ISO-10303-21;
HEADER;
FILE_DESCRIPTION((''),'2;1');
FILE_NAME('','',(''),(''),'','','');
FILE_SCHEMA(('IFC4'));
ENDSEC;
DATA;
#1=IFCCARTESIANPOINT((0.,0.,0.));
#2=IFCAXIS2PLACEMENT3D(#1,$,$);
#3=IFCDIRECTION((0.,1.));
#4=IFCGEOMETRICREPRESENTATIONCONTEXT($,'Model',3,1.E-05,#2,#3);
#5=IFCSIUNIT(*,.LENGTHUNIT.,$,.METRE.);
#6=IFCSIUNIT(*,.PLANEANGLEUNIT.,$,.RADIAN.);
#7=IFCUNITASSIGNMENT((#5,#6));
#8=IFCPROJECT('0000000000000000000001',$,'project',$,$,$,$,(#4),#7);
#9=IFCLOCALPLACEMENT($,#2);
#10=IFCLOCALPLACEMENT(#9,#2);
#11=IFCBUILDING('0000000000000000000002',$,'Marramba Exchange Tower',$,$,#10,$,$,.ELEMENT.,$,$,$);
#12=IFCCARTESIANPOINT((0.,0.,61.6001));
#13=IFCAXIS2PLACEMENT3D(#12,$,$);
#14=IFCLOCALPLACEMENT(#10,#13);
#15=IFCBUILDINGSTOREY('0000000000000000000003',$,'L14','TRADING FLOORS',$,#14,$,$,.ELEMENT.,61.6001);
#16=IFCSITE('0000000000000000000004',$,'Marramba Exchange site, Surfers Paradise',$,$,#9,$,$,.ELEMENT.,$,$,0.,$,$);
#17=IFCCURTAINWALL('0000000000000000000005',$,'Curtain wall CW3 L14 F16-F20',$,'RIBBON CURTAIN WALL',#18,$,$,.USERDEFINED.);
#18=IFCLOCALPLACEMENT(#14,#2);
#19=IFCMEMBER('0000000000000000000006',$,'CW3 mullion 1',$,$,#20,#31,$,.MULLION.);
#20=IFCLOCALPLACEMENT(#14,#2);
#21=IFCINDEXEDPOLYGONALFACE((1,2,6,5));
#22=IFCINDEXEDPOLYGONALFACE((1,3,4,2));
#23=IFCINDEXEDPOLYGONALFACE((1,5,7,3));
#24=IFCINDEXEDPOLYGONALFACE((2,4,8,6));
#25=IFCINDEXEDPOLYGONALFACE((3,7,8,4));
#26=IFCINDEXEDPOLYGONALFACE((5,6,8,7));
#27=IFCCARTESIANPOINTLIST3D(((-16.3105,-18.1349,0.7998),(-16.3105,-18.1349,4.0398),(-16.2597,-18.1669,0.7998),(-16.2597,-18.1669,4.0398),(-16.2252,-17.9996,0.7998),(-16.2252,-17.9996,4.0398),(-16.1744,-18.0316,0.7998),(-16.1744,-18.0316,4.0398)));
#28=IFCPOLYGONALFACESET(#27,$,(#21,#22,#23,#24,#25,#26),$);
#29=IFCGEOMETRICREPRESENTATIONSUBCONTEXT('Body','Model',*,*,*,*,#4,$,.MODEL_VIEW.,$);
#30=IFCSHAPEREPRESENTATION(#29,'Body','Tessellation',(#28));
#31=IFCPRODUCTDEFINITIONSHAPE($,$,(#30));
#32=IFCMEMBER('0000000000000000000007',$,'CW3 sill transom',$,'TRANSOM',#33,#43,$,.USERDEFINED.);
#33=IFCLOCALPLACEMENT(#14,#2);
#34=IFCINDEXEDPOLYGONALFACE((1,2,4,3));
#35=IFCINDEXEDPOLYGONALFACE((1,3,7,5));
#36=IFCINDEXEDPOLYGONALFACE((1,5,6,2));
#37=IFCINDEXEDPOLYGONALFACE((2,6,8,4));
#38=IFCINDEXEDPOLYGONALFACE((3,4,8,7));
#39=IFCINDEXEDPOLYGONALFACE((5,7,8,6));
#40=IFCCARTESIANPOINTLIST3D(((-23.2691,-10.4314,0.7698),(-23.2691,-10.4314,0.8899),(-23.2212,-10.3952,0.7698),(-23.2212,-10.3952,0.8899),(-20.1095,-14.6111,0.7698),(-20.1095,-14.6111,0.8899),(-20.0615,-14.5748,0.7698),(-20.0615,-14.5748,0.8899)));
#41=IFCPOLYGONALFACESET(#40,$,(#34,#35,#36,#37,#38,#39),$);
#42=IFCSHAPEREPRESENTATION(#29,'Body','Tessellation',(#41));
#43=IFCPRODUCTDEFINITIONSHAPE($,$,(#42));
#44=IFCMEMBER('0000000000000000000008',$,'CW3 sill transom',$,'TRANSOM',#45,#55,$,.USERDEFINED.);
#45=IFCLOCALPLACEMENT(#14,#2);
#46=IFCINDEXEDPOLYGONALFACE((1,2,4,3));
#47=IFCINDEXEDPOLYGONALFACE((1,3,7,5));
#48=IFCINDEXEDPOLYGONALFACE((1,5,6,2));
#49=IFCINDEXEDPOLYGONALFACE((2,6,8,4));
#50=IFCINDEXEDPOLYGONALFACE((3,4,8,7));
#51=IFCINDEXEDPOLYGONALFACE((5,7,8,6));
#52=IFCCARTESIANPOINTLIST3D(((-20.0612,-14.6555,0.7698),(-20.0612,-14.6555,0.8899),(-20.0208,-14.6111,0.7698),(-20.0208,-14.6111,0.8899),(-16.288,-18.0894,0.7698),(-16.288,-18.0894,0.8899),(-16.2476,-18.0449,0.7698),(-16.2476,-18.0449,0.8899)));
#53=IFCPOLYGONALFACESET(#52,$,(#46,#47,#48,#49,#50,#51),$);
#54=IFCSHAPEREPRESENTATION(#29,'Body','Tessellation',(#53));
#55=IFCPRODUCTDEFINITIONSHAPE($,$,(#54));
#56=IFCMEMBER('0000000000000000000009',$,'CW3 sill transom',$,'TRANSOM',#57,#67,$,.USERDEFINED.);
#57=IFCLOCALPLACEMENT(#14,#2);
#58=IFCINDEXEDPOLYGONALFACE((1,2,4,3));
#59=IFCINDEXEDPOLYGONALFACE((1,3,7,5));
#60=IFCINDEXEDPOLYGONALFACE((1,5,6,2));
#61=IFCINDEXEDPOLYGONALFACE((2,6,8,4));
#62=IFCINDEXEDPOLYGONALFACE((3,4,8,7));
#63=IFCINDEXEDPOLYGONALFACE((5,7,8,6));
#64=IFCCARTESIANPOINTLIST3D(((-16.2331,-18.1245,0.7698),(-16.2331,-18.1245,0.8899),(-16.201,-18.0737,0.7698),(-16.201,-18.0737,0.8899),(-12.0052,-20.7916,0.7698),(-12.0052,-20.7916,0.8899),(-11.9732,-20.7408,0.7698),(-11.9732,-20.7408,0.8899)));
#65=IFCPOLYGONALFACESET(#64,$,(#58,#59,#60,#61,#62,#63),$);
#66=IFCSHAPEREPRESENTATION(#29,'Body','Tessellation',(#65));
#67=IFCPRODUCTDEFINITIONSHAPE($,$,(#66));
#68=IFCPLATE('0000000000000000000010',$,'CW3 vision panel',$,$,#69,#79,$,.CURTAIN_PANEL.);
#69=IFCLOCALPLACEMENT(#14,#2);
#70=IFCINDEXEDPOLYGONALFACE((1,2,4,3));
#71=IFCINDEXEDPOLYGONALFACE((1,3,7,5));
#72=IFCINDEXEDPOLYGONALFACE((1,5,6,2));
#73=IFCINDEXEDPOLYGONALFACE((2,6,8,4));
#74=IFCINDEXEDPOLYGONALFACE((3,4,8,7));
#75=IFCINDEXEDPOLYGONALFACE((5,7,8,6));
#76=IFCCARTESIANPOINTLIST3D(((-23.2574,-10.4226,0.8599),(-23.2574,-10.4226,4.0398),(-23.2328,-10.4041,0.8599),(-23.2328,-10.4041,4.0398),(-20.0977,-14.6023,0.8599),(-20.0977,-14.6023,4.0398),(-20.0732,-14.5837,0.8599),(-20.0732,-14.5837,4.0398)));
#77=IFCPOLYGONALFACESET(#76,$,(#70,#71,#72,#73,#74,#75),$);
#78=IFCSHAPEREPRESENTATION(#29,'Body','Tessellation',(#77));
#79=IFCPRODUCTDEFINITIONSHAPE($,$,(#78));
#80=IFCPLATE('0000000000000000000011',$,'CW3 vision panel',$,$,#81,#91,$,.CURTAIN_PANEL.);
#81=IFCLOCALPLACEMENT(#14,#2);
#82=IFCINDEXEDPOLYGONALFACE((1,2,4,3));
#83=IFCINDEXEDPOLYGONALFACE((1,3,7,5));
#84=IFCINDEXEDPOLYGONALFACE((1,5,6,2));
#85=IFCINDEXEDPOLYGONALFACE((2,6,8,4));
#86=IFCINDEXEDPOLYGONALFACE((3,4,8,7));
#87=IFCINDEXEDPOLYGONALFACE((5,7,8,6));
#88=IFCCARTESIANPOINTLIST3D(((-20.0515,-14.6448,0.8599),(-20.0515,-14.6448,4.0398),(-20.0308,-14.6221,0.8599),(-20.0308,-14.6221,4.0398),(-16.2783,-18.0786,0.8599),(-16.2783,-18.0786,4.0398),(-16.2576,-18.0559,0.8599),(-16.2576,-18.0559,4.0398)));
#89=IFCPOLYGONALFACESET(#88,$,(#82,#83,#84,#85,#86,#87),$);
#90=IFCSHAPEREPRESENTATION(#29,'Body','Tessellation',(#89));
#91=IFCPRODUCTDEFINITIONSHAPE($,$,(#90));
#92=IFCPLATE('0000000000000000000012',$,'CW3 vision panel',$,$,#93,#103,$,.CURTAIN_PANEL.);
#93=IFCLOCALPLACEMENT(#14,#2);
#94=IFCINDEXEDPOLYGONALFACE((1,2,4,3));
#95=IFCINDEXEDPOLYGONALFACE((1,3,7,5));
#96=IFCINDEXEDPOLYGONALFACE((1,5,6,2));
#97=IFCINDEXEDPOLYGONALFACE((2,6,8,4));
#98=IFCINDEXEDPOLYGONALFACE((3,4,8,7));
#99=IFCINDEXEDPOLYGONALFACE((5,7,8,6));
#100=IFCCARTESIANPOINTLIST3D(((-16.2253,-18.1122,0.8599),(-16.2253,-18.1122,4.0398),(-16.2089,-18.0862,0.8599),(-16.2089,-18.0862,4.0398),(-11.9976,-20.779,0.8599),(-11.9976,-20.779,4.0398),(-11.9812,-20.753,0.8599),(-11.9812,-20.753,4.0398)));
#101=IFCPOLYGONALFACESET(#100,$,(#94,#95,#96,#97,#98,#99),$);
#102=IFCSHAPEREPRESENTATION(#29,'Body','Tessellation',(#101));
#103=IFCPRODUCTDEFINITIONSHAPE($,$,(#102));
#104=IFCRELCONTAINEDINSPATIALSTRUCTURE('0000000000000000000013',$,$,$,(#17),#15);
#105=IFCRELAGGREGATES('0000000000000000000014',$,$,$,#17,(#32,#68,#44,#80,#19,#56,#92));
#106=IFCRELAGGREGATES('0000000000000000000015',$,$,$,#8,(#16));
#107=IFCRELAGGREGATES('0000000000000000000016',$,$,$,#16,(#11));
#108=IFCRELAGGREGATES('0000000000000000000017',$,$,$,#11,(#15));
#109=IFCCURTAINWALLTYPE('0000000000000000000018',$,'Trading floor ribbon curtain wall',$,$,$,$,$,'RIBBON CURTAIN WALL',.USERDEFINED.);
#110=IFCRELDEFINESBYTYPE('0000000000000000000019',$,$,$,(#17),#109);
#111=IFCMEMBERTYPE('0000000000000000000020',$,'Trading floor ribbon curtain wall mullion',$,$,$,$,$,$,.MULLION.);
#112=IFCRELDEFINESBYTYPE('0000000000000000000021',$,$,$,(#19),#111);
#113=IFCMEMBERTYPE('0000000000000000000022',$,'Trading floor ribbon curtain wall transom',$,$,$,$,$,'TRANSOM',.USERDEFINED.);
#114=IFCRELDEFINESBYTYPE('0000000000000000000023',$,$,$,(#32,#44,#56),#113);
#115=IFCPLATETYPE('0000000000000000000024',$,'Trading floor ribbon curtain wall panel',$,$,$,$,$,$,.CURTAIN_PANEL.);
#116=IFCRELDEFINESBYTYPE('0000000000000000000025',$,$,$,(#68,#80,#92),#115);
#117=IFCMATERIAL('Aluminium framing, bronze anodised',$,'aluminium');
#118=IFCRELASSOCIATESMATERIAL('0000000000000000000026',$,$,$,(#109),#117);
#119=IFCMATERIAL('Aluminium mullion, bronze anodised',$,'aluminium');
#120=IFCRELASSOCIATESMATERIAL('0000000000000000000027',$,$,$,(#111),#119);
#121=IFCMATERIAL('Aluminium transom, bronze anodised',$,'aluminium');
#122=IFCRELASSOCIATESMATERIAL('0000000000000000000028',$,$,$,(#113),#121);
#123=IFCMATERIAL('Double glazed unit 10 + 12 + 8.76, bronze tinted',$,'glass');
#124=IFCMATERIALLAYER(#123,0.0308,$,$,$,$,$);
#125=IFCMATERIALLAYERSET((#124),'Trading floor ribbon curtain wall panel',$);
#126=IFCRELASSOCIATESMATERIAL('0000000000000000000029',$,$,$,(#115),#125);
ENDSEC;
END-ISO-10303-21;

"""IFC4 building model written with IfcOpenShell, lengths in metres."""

from ifc_helpers import new_model, si_unit, direction, frame, origin, origin_2d, place, context, subcontext, project, spatial, rectangle, extrude, material, layer, layer_set, material_profile, profile_set, type_object, element, aggregate, save


model = new_model("IFC4")

# Units and contexts
model_context = context("Model", 3, precision=1e-05, world=origin(), true_north=direction((0.0, 1.0)))
body_context = subcontext(model_context, "Body", "Model", "MODEL_VIEW")
ifc_project = project(units=[si_unit("LENGTHUNIT", "METRE"), si_unit("PLANEANGLEUNIT", "RADIAN")], contexts=[model_context])

# Site, building, storey
site_placement = place(None, origin())
site = spatial("IfcSite", under=ifc_project, at=site_placement, Name="Marramba Exchange site, Surfers Paradise", CompositionType="ELEMENT", RefElevation=0.0)
building_placement = place(site_placement, origin())
building = spatial("IfcBuilding", under=site, at=building_placement, Name="Marramba Exchange Tower", CompositionType="ELEMENT")
storey_placement = place(building_placement, frame((0.0, 0.0, 61.6001)))
storey = spatial("IfcBuildingStorey", under=building, at=storey_placement, Name="L14", Description="TRADING FLOORS", CompositionType="ELEMENT", Elevation=61.6001)

# Curtain wall, members, plates
ifc_material_1 = material(Name="Aluminium framing, bronze anodised", Category="aluminium")
curtain_wall_type = type_object("IfcCurtainWallType", Name="Trading floor ribbon curtain wall", ElementType="RIBBON CURTAIN WALL", PredefinedType="USERDEFINED", material=ifc_material_1)
curtain_wall_placement = place(storey_placement, origin())
curtain_wall = element("IfcCurtainWall", 1, at=curtain_wall_placement, inside=storey, type_object=curtain_wall_type, Name="Curtain wall CW3 L14 F16-F20", ObjectType="RIBBON CURTAIN WALL", PredefinedType="USERDEFINED")
ifc_material_2 = material(Name="Aluminium mullion, bronze anodised", Category="aluminium")
ifc_material_profile_1 = material_profile(ifc_material_2, rectangle(XDim=0.1599, YDim=0.0601, at=origin_2d()), Name="CW3 mullion 60x160")
ifc_profile_set_1 = profile_set([ifc_material_profile_1], Name="Aluminium mullion, bronze anodised")
member_type_1 = type_object("IfcMemberType", Name="Trading floor ribbon curtain wall mullion", PredefinedType="MULLION", material=ifc_profile_set_1)
member_1_placement = place(storey_placement, frame((-16.2424, -18.0833, 0.7998), z_axis=(0.0, 0.0, 1.0), x_axis=(0.533515, 0.845791, 0.0)))
member_1 = element("IfcMember", 2, at=member_1_placement, type_object=member_type_1, Name="CW3 mullion 1", PredefinedType="MULLION", context=body_context, shape_type="SweptSolid", body=[
    extrude(rectangle(XDim=0.1599, YDim=0.0601, at=origin_2d()), origin(), (0.0, 0.0, 1.0), 3.24),
])
ifc_material_3 = material(Name="Aluminium transom, bronze anodised", Category="aluminium")
ifc_material_profile_2 = material_profile(ifc_material_3, rectangle(XDim=0.0601, YDim=0.1201, at=origin_2d()), Name="CW3 transom 60x120")
ifc_profile_set_2 = profile_set([ifc_material_profile_2], Name="Aluminium transom, bronze anodised")
member_type_2 = type_object("IfcMemberType", Name="Trading floor ribbon curtain wall transom", ElementType="TRANSOM", PredefinedType="USERDEFINED", material=ifc_profile_set_2)
member_2_placement = place(storey_placement, frame((-23.2451, -10.4133, 0.8298), z_axis=(0.603037, -0.797713, 0.0), x_axis=(0.797713, 0.603037, 0.0)))
member_2 = element("IfcMember", 3, at=member_2_placement, type_object=member_type_2, Name="CW3 sill transom", ObjectType="TRANSOM", PredefinedType="USERDEFINED", context=body_context, shape_type="SweptSolid", body=[
    extrude(rectangle(XDim=0.0601, YDim=0.1201, at=origin_2d()), origin(), (0.0, 0.0, 1.0), 5.2395),
])
member_3_placement = place(storey_placement, frame((-20.041, -14.6333, 0.8298), z_axis=(0.739583, -0.673066, 0.0), x_axis=(0.673066, 0.739583, 0.0)))
member_3 = element("IfcMember", 4, at=member_3_placement, type_object=member_type_2, Name="CW3 sill transom", ObjectType="TRANSOM", PredefinedType="USERDEFINED", context=body_context, shape_type="SweptSolid", body=[
    extrude(rectangle(XDim=0.0601, YDim=0.1201, at=origin_2d()), origin(), (0.0, 0.0, 1.0), 5.1018),
])
member_4_placement = place(storey_placement, frame((-16.217, -18.0991, 0.8298), z_axis=(0.845777, -0.533537, 0.0), x_axis=(0.533537, 0.845777, 0.0)))
member_4 = element("IfcMember", 5, at=member_4_placement, type_object=member_type_2, Name="CW3 sill transom", ObjectType="TRANSOM", PredefinedType="USERDEFINED", context=body_context, shape_type="SweptSolid", body=[
    extrude(rectangle(XDim=0.0601, YDim=0.1201, at=origin_2d()), origin(), (0.0, 0.0, 1.0), 4.9988),
])
ifc_material_4 = material(Name="Double glazed unit 10 + 12 + 8.76, bronze tinted", Category="glass")
ifc_layer_1 = layer(ifc_material_4, 0.0308)
ifc_layer_set_1 = layer_set([ifc_layer_1], Name="Trading floor ribbon curtain wall panel")
plate_type = type_object("IfcPlateType", Name="Trading floor ribbon curtain wall panel", PredefinedType="CURTAIN_PANEL", material=ifc_layer_set_1)
plate_1_placement = place(storey_placement, frame((-21.6653, -12.5032, 0.8599), z_axis=(0.0, 0.0, 1.0), x_axis=(0.60304, -0.797711, 0.0)))
plate_1 = element("IfcPlate", 6, at=plate_1_placement, type_object=plate_type, Name="CW3 vision panel", PredefinedType="CURTAIN_PANEL", context=body_context, shape_type="SweptSolid", body=[
    extrude(rectangle(XDim=5.2395, YDim=0.0308, at=origin_2d()), origin(), (0.0, 0.0, 1.0), 3.1799),
])
plate_2_placement = place(storey_placement, frame((-18.1545, -16.3503, 0.8599), z_axis=(0.0, 0.0, 1.0), x_axis=(0.73959, -0.673058, 0.0)))
plate_2 = element("IfcPlate", 7, at=plate_2_placement, type_object=plate_type, Name="CW3 vision panel", PredefinedType="CURTAIN_PANEL", context=body_context, shape_type="SweptSolid", body=[
    extrude(rectangle(XDim=5.1018, YDim=0.0308, at=origin_2d()), origin(), (0.0, 0.0, 1.0), 3.1799),
])
plate_3_placement = place(storey_placement, frame((-14.1033, -19.4326, 0.8599), z_axis=(0.0, 0.0, 1.0), x_axis=(0.845791, -0.533515, 0.0)))
plate_3 = element("IfcPlate", 8, at=plate_3_placement, type_object=plate_type, Name="CW3 vision panel", PredefinedType="CURTAIN_PANEL", context=body_context, shape_type="SweptSolid", body=[
    extrude(rectangle(XDim=4.9985, YDim=0.0308, at=origin_2d()), origin(), (0.0, 0.0, 1.0), 3.1799),
])
aggregate(curtain_wall, [member_2, plate_1, member_3, plate_2, member_1, member_4, plate_3])

save(model, "model.ifc")
